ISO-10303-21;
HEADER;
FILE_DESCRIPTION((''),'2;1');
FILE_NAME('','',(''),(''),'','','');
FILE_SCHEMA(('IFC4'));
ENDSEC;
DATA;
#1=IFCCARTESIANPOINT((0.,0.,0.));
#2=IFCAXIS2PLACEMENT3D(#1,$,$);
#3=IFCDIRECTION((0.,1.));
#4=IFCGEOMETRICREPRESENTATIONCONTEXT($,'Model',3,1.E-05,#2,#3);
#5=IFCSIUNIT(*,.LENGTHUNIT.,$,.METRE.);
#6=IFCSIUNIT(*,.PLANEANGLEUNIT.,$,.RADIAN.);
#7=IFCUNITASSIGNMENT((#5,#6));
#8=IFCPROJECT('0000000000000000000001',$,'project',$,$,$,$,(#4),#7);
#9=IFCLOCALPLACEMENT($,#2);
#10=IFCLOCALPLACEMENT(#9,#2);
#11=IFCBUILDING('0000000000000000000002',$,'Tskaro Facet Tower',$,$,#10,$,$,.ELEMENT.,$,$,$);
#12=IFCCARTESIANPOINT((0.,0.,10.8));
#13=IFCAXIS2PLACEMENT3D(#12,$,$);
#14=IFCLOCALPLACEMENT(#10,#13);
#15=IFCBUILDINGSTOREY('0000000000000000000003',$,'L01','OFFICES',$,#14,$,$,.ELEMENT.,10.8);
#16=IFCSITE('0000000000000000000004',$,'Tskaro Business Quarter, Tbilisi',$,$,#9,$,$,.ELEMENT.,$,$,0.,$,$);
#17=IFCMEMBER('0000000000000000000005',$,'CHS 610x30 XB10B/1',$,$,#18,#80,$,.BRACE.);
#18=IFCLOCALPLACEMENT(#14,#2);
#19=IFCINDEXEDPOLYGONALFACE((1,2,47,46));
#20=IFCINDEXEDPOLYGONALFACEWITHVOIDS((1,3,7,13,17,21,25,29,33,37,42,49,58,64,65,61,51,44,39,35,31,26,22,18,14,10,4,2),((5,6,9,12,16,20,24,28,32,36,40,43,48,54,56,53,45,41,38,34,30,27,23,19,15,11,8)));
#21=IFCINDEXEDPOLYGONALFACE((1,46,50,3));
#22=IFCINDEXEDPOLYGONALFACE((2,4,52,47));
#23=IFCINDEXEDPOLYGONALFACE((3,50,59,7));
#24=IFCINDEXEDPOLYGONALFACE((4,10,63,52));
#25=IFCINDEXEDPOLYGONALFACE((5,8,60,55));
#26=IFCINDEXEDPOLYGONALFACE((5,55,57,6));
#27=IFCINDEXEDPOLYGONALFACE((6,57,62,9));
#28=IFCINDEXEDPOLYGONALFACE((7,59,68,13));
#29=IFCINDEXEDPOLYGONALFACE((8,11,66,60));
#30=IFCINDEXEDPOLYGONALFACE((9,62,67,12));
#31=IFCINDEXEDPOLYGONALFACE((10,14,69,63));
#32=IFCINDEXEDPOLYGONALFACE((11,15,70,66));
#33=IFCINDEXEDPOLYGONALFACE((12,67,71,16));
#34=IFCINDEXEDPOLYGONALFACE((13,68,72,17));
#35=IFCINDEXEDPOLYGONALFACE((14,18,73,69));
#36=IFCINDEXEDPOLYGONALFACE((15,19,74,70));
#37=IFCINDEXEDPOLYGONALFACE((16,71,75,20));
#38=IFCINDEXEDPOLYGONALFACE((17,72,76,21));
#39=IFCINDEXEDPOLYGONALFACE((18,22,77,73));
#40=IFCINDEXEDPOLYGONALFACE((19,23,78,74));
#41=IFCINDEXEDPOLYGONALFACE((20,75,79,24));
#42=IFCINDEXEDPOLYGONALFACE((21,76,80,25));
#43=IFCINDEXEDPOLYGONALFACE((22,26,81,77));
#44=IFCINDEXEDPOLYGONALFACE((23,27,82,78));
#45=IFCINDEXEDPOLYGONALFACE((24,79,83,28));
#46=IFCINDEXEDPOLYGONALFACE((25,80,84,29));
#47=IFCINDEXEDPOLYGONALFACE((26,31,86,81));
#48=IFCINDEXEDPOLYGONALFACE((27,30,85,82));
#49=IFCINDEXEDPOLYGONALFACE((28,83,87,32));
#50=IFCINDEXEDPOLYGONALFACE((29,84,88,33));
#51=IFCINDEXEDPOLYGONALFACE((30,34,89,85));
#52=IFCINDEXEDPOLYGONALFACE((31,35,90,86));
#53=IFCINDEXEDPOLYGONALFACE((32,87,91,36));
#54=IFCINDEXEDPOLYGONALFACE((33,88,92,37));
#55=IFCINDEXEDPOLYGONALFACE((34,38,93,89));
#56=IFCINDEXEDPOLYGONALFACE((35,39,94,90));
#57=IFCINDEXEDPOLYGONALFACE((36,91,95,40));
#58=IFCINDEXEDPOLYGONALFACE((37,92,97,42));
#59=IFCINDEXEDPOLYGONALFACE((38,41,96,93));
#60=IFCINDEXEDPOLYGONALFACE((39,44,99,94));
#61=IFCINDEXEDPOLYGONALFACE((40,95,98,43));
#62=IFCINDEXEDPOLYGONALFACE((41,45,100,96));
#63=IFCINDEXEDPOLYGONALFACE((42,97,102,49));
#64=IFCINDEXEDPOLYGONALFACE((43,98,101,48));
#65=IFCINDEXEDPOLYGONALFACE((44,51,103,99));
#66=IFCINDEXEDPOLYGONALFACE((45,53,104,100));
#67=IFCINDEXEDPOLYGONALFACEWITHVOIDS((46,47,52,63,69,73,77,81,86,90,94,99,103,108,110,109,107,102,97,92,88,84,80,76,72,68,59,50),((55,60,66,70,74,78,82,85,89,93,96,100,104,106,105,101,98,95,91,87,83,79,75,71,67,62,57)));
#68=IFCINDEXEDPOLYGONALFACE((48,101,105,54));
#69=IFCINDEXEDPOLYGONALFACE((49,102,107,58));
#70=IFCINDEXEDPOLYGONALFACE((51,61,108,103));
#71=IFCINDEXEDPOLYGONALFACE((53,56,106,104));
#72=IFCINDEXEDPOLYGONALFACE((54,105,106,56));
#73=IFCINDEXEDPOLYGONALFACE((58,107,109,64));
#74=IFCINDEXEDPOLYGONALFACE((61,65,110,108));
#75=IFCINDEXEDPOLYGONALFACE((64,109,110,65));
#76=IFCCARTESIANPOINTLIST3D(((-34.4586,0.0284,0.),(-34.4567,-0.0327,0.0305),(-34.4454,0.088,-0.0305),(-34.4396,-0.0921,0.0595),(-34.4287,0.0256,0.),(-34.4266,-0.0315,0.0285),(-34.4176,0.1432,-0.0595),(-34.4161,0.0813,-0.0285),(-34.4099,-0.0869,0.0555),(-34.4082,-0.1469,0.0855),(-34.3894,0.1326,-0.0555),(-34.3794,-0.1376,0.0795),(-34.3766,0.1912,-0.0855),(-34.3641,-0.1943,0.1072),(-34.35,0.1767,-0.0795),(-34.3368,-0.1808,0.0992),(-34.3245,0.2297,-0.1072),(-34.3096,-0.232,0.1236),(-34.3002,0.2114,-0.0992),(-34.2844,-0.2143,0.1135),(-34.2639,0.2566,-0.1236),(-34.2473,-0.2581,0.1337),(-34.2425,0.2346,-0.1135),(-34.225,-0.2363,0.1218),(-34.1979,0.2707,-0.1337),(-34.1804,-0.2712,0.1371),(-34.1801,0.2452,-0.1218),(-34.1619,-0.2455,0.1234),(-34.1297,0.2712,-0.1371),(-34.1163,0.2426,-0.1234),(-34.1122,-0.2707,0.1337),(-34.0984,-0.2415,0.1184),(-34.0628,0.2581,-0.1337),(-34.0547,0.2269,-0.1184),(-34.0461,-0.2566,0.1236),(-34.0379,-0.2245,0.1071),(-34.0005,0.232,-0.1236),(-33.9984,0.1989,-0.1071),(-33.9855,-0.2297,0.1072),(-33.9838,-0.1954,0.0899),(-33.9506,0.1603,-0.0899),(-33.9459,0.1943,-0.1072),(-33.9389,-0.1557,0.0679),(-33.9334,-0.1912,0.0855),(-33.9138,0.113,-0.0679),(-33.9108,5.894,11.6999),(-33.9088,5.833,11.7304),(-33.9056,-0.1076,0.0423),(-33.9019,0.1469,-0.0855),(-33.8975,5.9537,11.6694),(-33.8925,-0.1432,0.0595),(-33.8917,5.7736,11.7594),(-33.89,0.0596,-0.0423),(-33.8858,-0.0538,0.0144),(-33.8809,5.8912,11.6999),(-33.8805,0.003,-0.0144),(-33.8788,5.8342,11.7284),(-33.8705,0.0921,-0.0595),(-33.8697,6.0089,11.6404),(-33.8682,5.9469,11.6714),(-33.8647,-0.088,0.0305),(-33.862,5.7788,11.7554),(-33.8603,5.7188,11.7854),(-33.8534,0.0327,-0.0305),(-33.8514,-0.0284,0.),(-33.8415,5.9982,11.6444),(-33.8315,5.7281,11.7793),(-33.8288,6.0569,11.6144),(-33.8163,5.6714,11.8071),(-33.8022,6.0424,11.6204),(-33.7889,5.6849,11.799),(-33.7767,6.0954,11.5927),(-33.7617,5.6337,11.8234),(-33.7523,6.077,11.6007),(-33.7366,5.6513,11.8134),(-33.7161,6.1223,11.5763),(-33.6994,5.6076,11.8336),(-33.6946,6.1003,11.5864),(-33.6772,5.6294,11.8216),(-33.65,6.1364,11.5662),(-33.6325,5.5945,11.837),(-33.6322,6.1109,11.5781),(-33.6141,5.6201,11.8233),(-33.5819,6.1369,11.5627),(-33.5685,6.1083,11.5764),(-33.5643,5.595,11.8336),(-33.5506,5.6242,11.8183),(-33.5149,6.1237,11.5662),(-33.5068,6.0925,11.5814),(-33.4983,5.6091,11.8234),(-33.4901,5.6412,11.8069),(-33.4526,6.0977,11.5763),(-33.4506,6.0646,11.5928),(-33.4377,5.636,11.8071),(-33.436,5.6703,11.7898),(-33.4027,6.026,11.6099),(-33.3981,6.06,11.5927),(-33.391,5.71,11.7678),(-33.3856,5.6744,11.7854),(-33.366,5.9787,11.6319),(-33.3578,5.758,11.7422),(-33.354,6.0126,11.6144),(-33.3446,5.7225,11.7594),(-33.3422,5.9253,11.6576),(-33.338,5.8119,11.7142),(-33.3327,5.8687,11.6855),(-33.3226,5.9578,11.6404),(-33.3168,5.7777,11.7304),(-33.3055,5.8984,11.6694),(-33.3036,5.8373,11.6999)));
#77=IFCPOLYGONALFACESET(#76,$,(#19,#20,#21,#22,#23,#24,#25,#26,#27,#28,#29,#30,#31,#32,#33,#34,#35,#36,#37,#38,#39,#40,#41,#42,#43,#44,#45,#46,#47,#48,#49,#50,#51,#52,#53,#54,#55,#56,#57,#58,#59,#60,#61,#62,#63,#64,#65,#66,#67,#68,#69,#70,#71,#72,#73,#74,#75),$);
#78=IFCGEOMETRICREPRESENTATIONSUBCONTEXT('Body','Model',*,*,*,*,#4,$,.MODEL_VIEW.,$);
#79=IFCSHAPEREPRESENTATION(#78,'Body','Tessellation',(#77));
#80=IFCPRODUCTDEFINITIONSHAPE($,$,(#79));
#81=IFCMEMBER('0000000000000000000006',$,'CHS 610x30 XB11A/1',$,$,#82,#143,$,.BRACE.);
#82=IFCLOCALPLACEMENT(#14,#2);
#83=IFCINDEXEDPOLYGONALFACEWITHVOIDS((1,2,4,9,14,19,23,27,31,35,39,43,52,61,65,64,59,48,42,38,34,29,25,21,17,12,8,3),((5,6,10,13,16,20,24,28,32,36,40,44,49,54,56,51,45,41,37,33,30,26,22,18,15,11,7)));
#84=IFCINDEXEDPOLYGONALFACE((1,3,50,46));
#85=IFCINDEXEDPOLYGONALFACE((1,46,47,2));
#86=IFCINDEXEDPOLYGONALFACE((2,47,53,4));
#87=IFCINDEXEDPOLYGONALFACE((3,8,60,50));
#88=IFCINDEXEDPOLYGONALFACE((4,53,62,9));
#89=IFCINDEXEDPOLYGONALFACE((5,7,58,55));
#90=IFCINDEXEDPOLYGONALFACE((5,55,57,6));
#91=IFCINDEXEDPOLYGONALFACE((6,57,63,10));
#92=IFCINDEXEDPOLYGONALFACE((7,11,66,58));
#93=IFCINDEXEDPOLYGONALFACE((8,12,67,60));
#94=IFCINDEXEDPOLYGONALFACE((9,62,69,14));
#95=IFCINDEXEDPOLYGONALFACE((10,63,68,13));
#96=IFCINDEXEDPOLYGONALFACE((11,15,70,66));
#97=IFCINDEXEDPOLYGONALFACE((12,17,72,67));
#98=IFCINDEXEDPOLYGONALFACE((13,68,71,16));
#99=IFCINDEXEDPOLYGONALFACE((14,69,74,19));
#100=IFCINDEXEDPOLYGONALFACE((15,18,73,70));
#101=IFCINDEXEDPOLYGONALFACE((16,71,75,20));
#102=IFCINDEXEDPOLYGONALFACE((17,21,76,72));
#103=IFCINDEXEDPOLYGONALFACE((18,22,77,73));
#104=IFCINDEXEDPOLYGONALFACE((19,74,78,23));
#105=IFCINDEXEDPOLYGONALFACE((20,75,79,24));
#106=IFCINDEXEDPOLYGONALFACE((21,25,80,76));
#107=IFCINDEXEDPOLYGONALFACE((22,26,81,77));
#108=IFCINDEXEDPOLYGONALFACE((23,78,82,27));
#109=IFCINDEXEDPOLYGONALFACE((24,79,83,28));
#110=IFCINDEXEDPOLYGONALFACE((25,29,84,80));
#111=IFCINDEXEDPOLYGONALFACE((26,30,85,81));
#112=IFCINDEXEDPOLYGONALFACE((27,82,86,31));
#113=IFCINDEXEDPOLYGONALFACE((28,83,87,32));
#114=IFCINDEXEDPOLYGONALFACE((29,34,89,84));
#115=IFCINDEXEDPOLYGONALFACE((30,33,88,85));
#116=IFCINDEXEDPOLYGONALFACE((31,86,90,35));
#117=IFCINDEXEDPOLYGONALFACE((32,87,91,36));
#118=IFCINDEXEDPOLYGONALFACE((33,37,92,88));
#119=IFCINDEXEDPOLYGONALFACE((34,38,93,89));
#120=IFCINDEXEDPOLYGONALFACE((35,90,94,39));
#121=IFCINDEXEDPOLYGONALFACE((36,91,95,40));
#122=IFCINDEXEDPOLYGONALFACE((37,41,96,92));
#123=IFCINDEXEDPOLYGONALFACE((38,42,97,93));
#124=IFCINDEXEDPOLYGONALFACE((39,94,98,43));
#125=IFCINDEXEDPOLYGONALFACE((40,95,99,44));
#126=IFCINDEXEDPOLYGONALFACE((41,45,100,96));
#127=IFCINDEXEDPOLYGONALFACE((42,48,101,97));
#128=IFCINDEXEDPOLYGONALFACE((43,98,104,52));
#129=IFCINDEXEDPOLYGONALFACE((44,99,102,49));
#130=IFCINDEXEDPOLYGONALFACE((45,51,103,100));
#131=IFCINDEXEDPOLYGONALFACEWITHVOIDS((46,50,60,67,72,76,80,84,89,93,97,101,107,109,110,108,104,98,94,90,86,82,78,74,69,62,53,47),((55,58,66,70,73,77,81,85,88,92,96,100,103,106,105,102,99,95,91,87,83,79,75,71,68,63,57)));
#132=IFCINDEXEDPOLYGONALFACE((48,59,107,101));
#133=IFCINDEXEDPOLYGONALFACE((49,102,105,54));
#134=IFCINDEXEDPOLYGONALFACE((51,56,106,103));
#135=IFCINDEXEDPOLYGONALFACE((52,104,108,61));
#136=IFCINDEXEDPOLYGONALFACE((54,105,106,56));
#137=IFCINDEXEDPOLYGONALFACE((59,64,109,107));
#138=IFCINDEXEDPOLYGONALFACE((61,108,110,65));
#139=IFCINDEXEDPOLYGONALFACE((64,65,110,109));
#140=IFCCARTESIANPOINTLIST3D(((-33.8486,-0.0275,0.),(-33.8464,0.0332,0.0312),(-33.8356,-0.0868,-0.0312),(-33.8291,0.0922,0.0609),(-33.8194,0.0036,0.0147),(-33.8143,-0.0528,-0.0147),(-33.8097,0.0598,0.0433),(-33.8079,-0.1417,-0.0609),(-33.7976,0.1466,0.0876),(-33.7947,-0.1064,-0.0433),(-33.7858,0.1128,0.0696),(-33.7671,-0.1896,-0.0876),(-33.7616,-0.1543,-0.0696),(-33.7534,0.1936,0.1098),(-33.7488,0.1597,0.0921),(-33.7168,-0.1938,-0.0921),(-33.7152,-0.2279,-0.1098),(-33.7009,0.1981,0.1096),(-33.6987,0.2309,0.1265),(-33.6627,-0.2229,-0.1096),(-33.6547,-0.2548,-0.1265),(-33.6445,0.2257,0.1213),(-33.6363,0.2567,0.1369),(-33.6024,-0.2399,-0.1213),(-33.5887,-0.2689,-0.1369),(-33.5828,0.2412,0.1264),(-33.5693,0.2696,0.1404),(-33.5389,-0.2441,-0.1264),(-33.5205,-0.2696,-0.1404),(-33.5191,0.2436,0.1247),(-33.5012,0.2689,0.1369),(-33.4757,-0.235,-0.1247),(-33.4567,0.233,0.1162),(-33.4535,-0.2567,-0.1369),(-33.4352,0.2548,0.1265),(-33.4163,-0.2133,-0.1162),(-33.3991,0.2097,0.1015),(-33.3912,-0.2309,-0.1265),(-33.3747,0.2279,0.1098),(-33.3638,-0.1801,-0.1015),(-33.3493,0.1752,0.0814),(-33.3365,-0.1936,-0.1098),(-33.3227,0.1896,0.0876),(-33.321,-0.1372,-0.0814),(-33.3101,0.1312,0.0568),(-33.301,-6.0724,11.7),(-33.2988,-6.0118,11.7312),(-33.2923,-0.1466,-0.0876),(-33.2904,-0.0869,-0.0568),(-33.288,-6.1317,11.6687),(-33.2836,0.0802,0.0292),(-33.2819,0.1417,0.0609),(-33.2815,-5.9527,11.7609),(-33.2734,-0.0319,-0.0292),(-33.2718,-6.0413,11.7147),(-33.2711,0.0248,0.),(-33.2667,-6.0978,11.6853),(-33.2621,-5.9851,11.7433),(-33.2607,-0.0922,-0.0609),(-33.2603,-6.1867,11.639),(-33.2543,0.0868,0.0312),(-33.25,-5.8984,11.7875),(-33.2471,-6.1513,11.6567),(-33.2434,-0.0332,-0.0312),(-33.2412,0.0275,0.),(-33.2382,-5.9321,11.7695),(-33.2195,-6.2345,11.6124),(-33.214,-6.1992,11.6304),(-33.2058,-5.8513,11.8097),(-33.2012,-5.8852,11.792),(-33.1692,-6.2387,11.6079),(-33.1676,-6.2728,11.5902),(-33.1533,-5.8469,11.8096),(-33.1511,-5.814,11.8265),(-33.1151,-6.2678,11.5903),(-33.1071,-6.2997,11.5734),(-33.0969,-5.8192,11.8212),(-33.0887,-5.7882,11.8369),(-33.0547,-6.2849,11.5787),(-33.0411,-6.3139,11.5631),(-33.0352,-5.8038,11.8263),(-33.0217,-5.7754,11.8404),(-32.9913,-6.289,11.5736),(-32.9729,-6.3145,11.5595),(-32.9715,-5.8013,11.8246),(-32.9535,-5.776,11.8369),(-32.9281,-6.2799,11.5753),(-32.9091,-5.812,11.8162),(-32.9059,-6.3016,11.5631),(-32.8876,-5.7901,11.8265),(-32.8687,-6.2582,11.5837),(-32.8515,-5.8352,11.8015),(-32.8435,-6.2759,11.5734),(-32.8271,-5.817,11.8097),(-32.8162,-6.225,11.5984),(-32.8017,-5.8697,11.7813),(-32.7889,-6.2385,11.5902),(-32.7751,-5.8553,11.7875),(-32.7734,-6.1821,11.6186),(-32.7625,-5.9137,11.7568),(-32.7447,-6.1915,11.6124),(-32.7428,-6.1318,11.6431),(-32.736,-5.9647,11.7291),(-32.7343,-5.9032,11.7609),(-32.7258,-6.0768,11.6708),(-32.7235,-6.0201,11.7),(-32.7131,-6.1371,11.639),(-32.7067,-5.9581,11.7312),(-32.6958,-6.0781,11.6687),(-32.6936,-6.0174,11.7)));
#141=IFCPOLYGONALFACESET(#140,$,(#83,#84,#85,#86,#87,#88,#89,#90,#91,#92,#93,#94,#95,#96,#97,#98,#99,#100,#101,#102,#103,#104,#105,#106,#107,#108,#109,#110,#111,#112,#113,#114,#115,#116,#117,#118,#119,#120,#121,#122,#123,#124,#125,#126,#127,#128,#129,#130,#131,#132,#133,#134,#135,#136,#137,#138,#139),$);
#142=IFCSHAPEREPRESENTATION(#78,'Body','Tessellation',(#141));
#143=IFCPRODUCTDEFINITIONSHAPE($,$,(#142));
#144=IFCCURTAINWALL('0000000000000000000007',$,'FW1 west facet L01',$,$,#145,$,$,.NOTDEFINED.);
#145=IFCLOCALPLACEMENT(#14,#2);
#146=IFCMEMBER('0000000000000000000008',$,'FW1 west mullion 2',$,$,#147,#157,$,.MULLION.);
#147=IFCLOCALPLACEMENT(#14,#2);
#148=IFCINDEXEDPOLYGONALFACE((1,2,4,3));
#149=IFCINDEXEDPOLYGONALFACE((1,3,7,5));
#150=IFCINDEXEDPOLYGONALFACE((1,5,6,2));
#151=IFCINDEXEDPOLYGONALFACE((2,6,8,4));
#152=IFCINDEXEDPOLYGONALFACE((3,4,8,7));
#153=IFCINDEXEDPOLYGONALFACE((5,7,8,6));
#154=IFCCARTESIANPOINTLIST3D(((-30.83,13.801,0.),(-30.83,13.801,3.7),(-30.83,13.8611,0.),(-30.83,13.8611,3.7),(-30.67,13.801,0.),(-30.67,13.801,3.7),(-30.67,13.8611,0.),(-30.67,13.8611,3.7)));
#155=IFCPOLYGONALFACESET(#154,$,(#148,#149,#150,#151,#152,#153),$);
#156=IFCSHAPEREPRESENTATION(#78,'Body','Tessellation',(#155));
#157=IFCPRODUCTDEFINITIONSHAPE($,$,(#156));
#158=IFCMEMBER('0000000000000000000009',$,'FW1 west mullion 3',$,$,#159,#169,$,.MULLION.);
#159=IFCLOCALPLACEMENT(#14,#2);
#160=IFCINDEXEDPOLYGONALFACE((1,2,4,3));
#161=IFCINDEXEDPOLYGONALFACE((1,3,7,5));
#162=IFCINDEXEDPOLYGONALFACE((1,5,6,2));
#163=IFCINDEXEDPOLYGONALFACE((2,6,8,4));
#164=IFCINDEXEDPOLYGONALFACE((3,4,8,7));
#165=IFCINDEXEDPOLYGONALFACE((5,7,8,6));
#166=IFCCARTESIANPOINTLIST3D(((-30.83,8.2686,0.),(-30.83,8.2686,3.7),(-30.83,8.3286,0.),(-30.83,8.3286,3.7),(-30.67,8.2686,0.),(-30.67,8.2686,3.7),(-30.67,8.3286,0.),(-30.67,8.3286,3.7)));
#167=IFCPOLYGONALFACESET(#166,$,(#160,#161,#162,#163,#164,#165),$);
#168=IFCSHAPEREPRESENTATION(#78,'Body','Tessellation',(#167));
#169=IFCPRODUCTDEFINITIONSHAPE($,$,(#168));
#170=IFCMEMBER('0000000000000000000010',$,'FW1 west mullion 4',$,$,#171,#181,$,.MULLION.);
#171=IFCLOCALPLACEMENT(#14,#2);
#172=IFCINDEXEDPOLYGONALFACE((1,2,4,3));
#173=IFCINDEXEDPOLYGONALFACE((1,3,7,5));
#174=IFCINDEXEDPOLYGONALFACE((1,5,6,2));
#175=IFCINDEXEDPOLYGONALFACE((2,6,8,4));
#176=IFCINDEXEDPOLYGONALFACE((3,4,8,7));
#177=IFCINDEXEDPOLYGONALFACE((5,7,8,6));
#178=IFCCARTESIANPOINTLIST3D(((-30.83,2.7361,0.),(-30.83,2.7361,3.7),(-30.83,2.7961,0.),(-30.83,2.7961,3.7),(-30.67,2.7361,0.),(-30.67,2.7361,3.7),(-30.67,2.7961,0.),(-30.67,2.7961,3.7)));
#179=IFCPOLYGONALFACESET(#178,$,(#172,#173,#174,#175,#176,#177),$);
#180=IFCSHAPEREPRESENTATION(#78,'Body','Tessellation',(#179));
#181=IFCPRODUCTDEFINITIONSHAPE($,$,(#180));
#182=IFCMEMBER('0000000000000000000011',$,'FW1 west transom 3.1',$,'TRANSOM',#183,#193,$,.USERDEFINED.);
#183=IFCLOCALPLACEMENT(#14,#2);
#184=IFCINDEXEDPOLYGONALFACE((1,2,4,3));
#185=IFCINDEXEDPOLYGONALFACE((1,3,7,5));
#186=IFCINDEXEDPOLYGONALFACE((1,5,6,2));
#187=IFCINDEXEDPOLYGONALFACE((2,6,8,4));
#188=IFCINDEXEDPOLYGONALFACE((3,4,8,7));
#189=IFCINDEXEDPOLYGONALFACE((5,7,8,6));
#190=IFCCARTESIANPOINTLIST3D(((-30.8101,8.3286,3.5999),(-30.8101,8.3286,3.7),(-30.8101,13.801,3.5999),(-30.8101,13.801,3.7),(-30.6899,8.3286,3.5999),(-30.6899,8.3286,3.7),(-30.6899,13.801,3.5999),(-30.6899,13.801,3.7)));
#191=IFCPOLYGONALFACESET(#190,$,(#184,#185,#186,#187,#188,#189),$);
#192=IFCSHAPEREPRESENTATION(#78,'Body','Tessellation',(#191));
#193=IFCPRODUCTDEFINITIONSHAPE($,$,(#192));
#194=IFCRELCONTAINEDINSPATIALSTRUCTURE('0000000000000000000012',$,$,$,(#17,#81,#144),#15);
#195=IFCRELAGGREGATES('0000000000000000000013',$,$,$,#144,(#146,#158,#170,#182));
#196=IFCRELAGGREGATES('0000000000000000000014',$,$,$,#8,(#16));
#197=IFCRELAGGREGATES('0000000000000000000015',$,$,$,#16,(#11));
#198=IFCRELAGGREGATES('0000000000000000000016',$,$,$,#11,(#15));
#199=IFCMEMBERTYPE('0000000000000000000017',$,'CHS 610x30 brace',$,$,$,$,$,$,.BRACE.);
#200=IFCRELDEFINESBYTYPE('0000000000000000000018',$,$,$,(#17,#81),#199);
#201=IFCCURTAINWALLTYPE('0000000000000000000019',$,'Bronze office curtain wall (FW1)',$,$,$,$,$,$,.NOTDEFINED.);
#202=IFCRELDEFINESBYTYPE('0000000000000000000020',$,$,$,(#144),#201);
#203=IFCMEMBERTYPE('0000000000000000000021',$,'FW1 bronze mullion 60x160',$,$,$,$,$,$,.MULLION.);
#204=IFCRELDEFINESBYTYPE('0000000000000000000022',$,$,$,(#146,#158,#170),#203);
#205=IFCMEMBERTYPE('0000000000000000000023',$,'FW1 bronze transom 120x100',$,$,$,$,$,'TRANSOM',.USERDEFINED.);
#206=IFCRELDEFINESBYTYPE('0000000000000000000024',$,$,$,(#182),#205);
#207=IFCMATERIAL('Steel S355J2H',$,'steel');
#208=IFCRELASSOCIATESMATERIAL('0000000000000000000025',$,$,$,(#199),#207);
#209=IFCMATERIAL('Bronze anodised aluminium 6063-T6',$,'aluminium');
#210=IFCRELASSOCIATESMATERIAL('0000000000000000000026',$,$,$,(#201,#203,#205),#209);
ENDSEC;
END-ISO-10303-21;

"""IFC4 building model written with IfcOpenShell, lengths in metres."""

from ifc_helpers import new_model, si_unit, direction, frame, origin, origin_2d, place, context, subcontext, project, spatial, rectangle, hollow_circle, extrude, material, material_profile, profile_set, type_object, element, aggregate, save


model = new_model("IFC4")

# Units and contexts
model_context = context("Model", 3, precision=1e-05, world=origin(), true_north=direction((0.0, 1.0)))
body_context = subcontext(model_context, "Body", "Model", "MODEL_VIEW")
ifc_project = project(units=[si_unit("LENGTHUNIT", "METRE"), si_unit("PLANEANGLEUNIT", "RADIAN")], contexts=[model_context])

# Site, building, storey
site_placement = place(None, origin())
site = spatial("IfcSite", under=ifc_project, at=site_placement, Name="Tskaro Business Quarter, Tbilisi", CompositionType="ELEMENT", RefElevation=0.0)
building_placement = place(site_placement, origin())
building = spatial("IfcBuilding", under=site, at=building_placement, Name="Tskaro Facet Tower", CompositionType="ELEMENT")
storey_placement = place(building_placement, frame((0.0, 0.0, 10.8)))
storey = spatial("IfcBuildingStorey", under=building, at=storey_placement, Name="L01", Description="OFFICES", CompositionType="ELEMENT", Elevation=10.8)

# Shared definitions
ifc_material_1 = material(Name="Steel S355J2H", Category="steel")

# Members
ifc_material_profile_1 = material_profile(ifc_material_1, hollow_circle(Radius=0.3049, WallThickness=0.03, at=origin_2d()), Name="CHS 610x30")
ifc_profile_set_1 = profile_set([ifc_material_profile_1], Name="Steel S355J2H")
member_type_1 = type_object("IfcMemberType", Name="CHS 610x30 brace", PredefinedType="BRACE", material=ifc_profile_set_1)
member_1_placement = place(storey_placement, frame((-34.155, 0.0, 0.0), z_axis=(0.041822, 0.447784, 0.893163), x_axis=(-0.995667, 0.092994, 0.0)))
element("IfcMember", 1, at=member_1_placement, inside=storey, type_object=member_type_1, Name="CHS 610x30 XB10B/1", PredefinedType="BRACE", context=body_context, shape_type="SweptSolid", body=[
    extrude(hollow_circle(Radius=0.3049, WallThickness=0.03, at=origin_2d()), origin(), (0.0, 0.0, 1.0), 13.0994),
])
member_2_placement = place(storey_placement, frame((-33.5449, 0.0, 0.0), z_axis=(0.041546, -0.458621, 0.88766), x_axis=(0.995922, 0.09022, 0.0)))
element("IfcMember", 2, at=member_2_placement, inside=storey, type_object=member_type_1, Name="CHS 610x30 XB11A/1", PredefinedType="BRACE", context=body_context, shape_type="SweptSolid", body=[
    extrude(hollow_circle(Radius=0.3049, WallThickness=0.03, at=origin_2d()), origin(), (0.0, 0.0, 1.0), 13.1807),
])

# Curtain wall, members
ifc_material_2 = material(Name="Bronze anodised aluminium 6063-T6", Category="aluminium")
curtain_wall_type = type_object("IfcCurtainWallType", Name="Bronze office curtain wall (FW1)", PredefinedType="NOTDEFINED", material=ifc_material_2)
curtain_wall_placement = place(storey_placement, origin())
curtain_wall = element("IfcCurtainWall", 3, at=curtain_wall_placement, inside=storey, type_object=curtain_wall_type, Name="FW1 west facet L01", PredefinedType="NOTDEFINED")
ifc_material_profile_2 = material_profile(ifc_material_2, rectangle(XDim=0.0601, YDim=0.1599, at=origin_2d()), Name="Mullion 60x160")
ifc_profile_set_2 = profile_set([ifc_material_profile_2], Name="Bronze anodised aluminium 6063-T6")
member_type_2 = type_object("IfcMemberType", Name="FW1 bronze mullion 60x160", PredefinedType="MULLION", material=ifc_profile_set_2)
member_3_placement = place(storey_placement, frame((-30.75, 13.8311, 0.0), z_axis=(0.0, 0.0, 1.0), x_axis=(0.0, -1.0, 0.0)))
member_3 = element("IfcMember", 4, at=member_3_placement, type_object=member_type_2, Name="FW1 west mullion 2", PredefinedType="MULLION", context=body_context, shape_type="SweptSolid", body=[
    extrude(rectangle(XDim=0.0601, YDim=0.1599, at=origin_2d()), origin(), (0.0, 0.0, 1.0), 3.7),
])
member_4_placement = place(storey_placement, frame((-30.75, 8.2986, 0.0), z_axis=(0.0, 0.0, 1.0), x_axis=(0.0, -1.0, 0.0)))
member_4 = element("IfcMember", 5, at=member_4_placement, type_object=member_type_2, Name="FW1 west mullion 3", PredefinedType="MULLION", context=body_context, shape_type="SweptSolid", body=[
    extrude(rectangle(XDim=0.0601, YDim=0.1599, at=origin_2d()), origin(), (0.0, 0.0, 1.0), 3.7),
])
member_5_placement = place(storey_placement, frame((-30.75, 2.7661, 0.0), z_axis=(0.0, 0.0, 1.0), x_axis=(0.0, -1.0, 0.0)))
member_5 = element("IfcMember", 6, at=member_5_placement, type_object=member_type_2, Name="FW1 west mullion 4", PredefinedType="MULLION", context=body_context, shape_type="SweptSolid", body=[
    extrude(rectangle(XDim=0.0601, YDim=0.1599, at=origin_2d()), origin(), (0.0, 0.0, 1.0), 3.7),
])
ifc_material_profile_3 = material_profile(ifc_material_2, rectangle(XDim=0.1201, YDim=0.1001, at=origin_2d()), Name="Transom 120x100")
ifc_profile_set_3 = profile_set([ifc_material_profile_3], Name="Bronze anodised aluminium 6063-T6")
member_type_3 = type_object("IfcMemberType", Name="FW1 bronze transom 120x100", ElementType="TRANSOM", PredefinedType="USERDEFINED", material=ifc_profile_set_3)
member_6_placement = place(storey_placement, frame((-30.75, 13.801, 3.6499), z_axis=(0.0, -1.0, 0.0), x_axis=(1.0, 0.0, 0.0)))
member_6 = element("IfcMember", 7, at=member_6_placement, type_object=member_type_3, Name="FW1 west transom 3.1", ObjectType="TRANSOM", PredefinedType="USERDEFINED", context=body_context, shape_type="SweptSolid", body=[
    extrude(rectangle(XDim=0.1201, YDim=0.1001, at=origin_2d()), origin(), (0.0, 0.0, 1.0), 5.4724),
])

aggregate(curtain_wall, [member_3, member_4, member_5, member_6])

save(model, "model.ifc")
